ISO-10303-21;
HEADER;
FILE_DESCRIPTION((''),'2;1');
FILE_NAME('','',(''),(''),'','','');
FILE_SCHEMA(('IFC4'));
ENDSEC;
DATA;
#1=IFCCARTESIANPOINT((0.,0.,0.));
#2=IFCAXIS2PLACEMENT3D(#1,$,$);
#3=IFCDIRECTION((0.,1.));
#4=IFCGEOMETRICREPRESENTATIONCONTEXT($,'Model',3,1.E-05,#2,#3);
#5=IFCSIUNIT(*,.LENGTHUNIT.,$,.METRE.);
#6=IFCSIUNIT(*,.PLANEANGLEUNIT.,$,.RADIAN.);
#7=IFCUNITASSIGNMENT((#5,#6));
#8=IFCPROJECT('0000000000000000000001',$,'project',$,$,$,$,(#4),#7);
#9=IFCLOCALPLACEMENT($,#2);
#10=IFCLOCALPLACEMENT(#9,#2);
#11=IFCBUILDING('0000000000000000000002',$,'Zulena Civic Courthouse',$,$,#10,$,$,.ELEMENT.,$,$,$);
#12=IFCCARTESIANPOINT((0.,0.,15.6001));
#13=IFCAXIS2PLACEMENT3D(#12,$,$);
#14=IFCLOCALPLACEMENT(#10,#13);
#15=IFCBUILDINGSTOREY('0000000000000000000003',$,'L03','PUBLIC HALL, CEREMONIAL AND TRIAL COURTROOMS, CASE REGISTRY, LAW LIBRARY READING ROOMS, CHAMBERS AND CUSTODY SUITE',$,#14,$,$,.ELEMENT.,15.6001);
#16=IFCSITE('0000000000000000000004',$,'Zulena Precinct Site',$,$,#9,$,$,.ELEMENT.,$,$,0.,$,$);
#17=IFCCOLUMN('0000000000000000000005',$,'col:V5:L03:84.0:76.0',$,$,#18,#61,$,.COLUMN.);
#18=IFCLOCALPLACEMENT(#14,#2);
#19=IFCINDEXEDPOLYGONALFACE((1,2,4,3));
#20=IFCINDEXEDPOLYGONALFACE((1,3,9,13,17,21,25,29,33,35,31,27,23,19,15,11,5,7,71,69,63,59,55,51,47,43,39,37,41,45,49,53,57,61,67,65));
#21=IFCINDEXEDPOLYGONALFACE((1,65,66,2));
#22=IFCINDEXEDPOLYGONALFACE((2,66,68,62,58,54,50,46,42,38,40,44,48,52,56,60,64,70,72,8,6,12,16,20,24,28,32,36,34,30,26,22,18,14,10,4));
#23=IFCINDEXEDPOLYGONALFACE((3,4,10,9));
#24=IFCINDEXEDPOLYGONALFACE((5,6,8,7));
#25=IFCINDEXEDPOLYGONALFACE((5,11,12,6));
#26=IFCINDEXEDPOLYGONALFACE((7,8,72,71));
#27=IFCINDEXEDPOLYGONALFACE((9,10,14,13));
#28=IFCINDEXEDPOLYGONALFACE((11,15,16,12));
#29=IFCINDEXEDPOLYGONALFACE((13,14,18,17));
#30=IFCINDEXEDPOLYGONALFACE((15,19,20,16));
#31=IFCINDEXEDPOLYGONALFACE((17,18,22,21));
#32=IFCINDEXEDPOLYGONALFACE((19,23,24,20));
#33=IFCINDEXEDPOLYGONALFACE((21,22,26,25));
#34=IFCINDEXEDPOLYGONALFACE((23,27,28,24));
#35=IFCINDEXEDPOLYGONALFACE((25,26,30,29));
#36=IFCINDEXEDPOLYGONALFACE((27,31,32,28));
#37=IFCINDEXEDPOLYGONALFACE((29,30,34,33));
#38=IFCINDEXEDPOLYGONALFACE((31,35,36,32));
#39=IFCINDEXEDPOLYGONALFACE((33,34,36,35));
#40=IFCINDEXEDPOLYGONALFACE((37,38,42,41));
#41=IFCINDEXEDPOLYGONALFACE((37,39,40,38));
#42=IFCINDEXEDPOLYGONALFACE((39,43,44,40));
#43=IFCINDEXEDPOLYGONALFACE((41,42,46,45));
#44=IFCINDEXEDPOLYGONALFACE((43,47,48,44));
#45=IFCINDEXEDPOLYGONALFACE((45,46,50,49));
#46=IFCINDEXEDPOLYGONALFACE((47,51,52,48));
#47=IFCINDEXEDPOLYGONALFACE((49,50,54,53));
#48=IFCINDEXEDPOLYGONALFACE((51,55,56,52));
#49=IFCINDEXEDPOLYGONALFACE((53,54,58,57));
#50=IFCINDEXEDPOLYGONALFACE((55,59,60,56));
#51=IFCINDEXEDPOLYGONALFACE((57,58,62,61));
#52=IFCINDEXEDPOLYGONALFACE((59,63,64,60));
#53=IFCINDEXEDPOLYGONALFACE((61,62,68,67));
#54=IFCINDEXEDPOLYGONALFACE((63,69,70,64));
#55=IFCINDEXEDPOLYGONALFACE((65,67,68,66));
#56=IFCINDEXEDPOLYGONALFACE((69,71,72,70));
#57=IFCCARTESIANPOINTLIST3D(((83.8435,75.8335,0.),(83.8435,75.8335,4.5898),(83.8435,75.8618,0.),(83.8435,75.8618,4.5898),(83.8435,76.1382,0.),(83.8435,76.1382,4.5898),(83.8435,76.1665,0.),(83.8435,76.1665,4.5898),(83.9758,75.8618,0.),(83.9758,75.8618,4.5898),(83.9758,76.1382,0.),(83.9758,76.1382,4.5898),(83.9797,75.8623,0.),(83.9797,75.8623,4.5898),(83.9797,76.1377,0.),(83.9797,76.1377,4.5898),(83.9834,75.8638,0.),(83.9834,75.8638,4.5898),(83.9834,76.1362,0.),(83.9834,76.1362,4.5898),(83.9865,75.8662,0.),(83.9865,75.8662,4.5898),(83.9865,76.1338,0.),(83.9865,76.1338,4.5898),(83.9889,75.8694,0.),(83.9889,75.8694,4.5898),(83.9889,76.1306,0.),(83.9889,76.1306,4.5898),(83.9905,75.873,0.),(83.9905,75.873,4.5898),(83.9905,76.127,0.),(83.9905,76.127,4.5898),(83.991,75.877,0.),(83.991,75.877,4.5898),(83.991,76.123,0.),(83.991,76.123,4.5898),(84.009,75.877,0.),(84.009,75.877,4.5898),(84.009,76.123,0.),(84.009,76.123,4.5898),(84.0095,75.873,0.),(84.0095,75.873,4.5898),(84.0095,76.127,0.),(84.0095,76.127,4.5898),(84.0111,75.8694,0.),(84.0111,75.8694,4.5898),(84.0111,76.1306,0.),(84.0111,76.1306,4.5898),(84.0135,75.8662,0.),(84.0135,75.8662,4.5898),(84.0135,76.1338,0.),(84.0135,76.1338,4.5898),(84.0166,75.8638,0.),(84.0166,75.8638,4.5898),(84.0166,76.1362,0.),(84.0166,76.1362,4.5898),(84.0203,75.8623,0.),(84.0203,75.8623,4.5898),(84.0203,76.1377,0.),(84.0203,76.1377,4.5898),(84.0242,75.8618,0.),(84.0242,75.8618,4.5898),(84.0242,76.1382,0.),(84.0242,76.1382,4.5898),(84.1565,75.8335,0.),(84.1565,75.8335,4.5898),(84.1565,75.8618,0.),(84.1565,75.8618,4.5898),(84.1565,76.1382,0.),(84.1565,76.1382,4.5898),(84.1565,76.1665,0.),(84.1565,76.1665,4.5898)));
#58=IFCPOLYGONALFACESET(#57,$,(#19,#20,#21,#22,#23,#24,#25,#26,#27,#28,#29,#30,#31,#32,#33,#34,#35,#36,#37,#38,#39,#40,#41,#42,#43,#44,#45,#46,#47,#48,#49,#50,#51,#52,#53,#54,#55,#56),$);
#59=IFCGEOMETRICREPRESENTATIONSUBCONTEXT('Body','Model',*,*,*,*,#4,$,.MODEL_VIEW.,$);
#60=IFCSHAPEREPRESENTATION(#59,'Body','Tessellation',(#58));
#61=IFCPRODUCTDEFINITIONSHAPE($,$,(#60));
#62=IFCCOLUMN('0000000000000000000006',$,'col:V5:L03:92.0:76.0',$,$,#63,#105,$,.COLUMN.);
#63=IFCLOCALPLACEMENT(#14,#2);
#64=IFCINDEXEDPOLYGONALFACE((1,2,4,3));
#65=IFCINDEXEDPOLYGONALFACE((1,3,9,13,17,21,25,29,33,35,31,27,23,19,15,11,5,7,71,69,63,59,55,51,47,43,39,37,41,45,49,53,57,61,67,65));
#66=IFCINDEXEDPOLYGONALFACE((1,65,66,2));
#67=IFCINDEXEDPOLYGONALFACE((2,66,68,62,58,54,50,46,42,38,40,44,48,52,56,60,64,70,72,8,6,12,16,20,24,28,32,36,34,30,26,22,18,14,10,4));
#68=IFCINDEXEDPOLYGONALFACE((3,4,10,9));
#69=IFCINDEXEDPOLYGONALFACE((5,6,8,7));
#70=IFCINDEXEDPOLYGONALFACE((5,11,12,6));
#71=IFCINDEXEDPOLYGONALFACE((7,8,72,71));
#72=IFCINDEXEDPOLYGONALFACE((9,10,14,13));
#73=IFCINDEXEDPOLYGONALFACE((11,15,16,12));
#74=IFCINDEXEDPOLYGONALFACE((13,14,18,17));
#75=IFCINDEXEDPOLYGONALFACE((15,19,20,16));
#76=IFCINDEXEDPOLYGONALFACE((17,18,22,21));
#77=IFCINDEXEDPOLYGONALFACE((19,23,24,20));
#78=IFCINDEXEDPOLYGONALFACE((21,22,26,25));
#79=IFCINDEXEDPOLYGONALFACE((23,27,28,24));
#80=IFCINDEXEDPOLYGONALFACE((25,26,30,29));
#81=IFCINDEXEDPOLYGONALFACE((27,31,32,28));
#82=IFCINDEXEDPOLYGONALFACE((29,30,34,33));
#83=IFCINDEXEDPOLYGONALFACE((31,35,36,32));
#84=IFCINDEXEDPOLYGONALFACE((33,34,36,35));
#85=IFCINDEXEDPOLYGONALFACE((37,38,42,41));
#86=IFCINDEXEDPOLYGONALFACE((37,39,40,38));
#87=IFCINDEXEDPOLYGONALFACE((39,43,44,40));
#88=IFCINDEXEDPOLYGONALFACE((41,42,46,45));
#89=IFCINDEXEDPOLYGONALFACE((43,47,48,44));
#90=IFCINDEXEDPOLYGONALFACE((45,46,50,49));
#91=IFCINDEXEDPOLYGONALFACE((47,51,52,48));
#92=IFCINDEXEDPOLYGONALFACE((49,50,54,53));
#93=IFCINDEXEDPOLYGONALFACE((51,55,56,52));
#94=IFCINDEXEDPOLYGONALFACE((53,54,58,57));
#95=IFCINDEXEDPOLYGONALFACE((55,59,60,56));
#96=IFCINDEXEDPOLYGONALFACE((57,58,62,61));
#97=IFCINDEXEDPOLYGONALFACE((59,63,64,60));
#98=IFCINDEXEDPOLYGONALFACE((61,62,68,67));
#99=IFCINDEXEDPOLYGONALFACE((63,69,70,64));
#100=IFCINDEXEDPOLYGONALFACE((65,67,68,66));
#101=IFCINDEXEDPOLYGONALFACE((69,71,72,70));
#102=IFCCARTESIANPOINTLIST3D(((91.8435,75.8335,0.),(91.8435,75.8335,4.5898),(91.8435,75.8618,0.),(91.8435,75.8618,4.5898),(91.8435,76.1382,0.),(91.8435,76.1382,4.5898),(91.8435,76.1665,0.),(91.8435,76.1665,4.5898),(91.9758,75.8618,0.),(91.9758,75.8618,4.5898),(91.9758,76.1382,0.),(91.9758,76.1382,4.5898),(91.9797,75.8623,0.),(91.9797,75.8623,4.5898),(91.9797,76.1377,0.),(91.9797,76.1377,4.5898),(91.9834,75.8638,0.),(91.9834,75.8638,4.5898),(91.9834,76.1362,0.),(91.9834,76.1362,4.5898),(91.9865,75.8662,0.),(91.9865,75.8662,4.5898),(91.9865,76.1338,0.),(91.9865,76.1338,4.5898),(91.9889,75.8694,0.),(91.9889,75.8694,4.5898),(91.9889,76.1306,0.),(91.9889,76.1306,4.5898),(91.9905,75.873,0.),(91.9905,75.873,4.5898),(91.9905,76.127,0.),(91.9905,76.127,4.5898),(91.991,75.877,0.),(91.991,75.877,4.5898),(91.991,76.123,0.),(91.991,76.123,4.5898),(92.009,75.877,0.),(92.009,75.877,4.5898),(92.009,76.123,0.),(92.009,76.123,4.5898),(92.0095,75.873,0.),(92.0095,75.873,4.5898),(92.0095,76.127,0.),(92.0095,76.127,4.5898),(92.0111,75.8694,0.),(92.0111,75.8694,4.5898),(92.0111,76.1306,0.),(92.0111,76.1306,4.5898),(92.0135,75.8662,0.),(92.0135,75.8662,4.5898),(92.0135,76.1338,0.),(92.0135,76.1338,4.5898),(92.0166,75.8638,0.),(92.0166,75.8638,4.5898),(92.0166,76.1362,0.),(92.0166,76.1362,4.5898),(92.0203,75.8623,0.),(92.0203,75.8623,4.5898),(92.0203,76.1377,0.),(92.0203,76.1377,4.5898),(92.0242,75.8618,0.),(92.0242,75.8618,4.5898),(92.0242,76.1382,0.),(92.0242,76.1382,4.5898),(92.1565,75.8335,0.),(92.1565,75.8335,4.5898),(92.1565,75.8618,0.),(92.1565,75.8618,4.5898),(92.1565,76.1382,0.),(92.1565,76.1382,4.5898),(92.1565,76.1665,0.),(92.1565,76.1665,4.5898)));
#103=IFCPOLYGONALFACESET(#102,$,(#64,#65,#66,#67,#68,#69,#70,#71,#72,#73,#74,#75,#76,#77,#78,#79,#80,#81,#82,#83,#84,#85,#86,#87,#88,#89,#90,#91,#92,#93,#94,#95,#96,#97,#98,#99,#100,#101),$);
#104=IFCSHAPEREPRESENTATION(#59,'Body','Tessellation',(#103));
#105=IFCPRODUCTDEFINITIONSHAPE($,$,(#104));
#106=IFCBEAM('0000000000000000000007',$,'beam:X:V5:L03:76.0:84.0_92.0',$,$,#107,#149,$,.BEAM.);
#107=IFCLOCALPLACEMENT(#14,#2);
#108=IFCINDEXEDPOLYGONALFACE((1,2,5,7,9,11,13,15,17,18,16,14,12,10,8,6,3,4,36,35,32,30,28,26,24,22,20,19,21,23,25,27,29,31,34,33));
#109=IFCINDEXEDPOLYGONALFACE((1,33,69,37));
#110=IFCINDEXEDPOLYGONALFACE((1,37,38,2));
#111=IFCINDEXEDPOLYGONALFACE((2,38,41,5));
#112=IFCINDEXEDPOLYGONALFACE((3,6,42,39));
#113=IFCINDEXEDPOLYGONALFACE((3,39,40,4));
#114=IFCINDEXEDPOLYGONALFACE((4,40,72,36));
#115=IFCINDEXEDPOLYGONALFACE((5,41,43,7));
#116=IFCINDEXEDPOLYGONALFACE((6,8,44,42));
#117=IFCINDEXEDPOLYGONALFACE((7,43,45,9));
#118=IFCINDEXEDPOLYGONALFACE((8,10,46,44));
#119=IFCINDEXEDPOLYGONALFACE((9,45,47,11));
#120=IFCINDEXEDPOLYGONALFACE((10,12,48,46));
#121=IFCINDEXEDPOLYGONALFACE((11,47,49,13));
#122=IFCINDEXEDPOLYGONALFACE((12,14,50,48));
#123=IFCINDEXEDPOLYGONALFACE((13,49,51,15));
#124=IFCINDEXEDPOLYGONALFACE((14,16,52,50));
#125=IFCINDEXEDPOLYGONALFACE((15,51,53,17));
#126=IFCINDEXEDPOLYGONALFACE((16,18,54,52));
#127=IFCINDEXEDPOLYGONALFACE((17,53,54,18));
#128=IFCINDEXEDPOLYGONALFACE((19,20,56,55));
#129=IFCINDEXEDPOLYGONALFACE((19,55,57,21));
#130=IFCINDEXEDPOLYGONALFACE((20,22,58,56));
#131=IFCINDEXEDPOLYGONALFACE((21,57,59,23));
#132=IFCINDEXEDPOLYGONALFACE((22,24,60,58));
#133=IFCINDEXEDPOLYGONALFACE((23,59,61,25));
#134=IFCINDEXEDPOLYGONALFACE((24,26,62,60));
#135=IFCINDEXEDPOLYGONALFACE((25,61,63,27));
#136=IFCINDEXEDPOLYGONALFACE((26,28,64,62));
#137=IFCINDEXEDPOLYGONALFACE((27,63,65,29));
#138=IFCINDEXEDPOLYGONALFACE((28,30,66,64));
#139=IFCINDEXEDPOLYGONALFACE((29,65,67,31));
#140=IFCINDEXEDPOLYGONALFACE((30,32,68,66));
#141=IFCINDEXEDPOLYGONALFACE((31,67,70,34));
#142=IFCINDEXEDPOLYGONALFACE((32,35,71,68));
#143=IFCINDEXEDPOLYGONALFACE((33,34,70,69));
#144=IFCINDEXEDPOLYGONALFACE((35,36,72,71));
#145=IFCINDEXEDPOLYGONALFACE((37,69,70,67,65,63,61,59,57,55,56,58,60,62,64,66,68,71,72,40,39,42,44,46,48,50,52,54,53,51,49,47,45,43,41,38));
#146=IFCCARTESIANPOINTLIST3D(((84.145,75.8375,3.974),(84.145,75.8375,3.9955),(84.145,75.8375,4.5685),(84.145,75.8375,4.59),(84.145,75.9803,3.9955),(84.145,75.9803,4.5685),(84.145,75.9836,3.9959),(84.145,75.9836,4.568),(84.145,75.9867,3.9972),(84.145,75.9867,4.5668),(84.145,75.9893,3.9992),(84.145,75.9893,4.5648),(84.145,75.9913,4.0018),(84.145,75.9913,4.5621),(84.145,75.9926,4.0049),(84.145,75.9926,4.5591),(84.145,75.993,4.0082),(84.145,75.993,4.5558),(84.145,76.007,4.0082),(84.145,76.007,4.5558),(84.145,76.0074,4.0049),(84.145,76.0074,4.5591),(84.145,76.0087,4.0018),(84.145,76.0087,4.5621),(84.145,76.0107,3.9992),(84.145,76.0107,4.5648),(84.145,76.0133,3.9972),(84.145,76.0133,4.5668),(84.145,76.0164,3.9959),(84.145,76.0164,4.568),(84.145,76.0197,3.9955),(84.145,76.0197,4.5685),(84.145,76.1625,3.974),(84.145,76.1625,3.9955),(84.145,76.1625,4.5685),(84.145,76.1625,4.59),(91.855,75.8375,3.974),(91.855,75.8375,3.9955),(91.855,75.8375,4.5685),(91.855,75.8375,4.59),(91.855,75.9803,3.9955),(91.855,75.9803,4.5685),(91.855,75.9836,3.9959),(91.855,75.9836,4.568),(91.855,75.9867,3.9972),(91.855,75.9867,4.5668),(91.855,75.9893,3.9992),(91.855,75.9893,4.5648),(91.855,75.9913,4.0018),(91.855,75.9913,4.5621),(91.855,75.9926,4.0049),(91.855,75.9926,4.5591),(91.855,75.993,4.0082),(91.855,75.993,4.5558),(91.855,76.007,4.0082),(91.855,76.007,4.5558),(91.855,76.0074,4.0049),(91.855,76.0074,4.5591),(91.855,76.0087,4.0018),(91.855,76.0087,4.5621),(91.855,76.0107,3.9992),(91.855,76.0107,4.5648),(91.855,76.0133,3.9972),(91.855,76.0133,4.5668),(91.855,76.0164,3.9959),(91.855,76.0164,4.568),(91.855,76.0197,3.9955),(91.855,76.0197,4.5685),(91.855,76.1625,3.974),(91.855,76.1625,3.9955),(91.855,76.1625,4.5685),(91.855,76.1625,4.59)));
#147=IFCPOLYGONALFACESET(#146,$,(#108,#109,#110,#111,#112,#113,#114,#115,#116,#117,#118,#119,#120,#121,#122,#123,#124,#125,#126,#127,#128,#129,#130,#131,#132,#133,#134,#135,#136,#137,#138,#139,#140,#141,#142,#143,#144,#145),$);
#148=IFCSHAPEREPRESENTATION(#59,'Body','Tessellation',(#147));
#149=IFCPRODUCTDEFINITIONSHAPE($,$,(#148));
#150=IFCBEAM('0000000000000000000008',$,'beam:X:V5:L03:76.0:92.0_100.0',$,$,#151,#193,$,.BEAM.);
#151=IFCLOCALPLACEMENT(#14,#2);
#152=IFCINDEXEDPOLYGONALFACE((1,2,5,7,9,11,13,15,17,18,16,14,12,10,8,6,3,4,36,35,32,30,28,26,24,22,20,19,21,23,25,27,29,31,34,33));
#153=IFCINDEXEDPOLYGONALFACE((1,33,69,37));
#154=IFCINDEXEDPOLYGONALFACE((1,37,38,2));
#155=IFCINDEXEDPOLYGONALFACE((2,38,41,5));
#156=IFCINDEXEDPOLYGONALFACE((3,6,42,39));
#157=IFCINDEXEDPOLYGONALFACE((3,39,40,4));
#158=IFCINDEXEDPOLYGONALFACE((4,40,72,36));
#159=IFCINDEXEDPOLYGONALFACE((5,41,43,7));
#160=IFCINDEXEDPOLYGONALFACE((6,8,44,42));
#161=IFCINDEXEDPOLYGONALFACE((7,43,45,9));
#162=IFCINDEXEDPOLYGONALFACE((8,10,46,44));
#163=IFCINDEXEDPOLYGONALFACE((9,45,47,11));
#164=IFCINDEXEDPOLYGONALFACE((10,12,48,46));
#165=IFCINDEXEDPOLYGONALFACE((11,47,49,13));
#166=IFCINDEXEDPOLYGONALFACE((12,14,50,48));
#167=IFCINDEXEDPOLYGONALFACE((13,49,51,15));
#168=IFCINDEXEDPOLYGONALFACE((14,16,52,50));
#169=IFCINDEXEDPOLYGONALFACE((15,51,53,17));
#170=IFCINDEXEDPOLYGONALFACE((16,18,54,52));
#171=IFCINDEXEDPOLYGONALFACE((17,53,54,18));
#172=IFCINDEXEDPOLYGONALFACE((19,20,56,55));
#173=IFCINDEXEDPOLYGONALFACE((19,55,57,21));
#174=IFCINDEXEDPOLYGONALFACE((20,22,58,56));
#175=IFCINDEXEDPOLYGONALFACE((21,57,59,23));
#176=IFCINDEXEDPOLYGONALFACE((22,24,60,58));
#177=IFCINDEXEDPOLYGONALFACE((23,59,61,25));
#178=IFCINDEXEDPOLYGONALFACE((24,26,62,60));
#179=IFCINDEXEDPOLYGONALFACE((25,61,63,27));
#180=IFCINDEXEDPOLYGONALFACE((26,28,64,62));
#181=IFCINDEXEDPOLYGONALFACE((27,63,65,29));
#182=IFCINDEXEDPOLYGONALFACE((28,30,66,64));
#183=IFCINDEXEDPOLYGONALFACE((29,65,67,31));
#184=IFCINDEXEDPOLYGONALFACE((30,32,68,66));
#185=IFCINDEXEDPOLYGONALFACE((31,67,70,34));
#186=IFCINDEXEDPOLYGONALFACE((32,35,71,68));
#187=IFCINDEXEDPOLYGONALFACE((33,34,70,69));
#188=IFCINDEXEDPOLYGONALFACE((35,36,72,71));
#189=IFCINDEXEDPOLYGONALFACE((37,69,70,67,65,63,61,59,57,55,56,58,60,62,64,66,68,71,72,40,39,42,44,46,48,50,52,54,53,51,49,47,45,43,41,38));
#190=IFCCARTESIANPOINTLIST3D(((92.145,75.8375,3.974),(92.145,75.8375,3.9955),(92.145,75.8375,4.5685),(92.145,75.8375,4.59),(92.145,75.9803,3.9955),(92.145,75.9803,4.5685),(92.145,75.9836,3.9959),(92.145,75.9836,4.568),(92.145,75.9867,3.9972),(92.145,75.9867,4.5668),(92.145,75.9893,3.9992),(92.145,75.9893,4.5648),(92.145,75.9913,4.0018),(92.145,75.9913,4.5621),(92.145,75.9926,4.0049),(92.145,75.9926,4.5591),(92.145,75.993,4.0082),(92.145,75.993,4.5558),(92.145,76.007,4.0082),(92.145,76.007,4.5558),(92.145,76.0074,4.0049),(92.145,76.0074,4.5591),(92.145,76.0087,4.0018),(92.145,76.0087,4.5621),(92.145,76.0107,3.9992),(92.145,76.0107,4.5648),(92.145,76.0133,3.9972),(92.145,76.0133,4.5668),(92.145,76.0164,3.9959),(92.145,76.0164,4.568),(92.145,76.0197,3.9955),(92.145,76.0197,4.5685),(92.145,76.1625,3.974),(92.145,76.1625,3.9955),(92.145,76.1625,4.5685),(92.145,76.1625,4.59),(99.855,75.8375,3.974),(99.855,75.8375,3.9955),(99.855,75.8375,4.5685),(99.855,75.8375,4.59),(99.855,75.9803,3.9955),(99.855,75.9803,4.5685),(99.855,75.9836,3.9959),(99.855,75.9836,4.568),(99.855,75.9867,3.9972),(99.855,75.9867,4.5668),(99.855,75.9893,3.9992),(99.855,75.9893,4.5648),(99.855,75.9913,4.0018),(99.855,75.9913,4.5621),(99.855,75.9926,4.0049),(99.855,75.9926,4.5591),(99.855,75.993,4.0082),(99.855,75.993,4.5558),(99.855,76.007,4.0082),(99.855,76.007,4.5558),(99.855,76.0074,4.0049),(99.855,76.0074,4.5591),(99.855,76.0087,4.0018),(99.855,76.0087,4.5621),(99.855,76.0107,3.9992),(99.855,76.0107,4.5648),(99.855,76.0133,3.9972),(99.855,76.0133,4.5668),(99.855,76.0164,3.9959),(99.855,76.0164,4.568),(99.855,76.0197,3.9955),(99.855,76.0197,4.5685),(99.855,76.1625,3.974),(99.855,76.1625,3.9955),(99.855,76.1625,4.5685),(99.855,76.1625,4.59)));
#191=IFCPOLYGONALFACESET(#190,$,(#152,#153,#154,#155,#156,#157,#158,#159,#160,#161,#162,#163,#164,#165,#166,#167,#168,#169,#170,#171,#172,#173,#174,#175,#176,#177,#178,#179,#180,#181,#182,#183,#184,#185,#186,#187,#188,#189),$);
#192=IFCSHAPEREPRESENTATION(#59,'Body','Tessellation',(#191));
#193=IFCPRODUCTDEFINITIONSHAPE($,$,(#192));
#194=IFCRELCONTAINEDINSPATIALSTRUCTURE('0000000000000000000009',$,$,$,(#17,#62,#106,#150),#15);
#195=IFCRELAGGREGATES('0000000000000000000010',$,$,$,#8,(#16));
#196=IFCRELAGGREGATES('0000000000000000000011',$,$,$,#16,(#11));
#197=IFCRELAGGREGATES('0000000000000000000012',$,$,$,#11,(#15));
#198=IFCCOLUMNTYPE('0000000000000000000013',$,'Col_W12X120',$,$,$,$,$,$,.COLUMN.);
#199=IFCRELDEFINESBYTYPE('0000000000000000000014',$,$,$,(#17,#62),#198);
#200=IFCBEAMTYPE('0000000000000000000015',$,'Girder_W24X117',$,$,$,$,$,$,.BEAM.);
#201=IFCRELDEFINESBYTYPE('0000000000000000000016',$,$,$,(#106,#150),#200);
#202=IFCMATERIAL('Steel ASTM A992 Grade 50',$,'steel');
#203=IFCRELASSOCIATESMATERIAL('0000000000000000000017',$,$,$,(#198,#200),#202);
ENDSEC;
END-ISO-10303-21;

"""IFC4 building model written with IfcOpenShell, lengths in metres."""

from ifc_helpers import new_model, si_unit, direction, frame, origin, origin_2d, place, context, subcontext, project, spatial, i_section, extrude, material, material_profile, profile_set, type_object, element, save


model = new_model("IFC4")

# Units and contexts
model_context = context("Model", 3, precision=1e-05, world=origin(), true_north=direction((0.0, 1.0)))
body_context = subcontext(model_context, "Body", "Model", "MODEL_VIEW")
ifc_project = project(units=[si_unit("LENGTHUNIT", "METRE"), si_unit("PLANEANGLEUNIT", "RADIAN")], contexts=[model_context])

# Site, building, storey
site_placement = place(None, origin())
site = spatial("IfcSite", under=ifc_project, at=site_placement, Name="Zulena Precinct Site", CompositionType="ELEMENT", RefElevation=0.0)
building_placement = place(site_placement, origin())
building = spatial("IfcBuilding", under=site, at=building_placement, Name="Zulena Civic Courthouse", CompositionType="ELEMENT")
storey_placement = place(building_placement, frame((0.0, 0.0, 15.6001)))
storey = spatial("IfcBuildingStorey", under=building, at=storey_placement, Name="L03", Description="PUBLIC HALL, CEREMONIAL AND TRIAL COURTROOMS, CASE REGISTRY, LAW LIBRARY READING ROOMS, CHAMBERS AND CUSTODY SUITE", CompositionType="ELEMENT", Elevation=15.6001)

# Columns
ifc_material_1 = material(Name="Steel ASTM A992 Grade 50", Category="steel")
ifc_material_profile_1 = material_profile(ifc_material_1, i_section(OverallWidth=0.313, OverallDepth=0.333, WebThickness=0.0181, FlangeThickness=0.0283, FilletRadius=0.0151, at=origin_2d()), Name="W12X120")
ifc_profile_set_1 = profile_set([ifc_material_profile_1], Name="Steel ASTM A992 Grade 50")
column_type = type_object("IfcColumnType", Name="Col_W12X120", PredefinedType="COLUMN", material=ifc_profile_set_1)
for number, where, z_axis, x_axis, name in (
    (1, (84.0, 76.0, 0.0), (0.0, 0.0, 1.0), (1.0, 0.0, 0.0), "col:V5:L03:84.0:76.0"),
    (2, (92.0, 76.0, 0.0), (0.0, 0.0, 1.0), (1.0, 0.0, 0.0), "col:V5:L03:92.0:76.0"),
):
    element("IfcColumn", number, at=place(storey_placement, frame(where, z_axis=z_axis, x_axis=x_axis)), inside=storey, type_object=column_type, Name=name, PredefinedType="COLUMN", context=body_context, shape_type="SweptSolid", body=[
        extrude(i_section(OverallWidth=0.313, OverallDepth=0.333, WebThickness=0.0181, FlangeThickness=0.0283, FilletRadius=0.0151, at=origin_2d()), origin(), (0.0, 0.0, 1.0), 4.5898),
    ])

# Beams
ifc_material_profile_2 = material_profile(ifc_material_1, i_section(OverallWidth=0.325, OverallDepth=0.616, WebThickness=0.0139, FlangeThickness=0.0215, FilletRadius=0.0127, at=origin_2d()), Name="W24X117")
ifc_profile_set_2 = profile_set([ifc_material_profile_2], Name="Steel ASTM A992 Grade 50")
beam_type_1 = type_object("IfcBeamType", Name="Girder_W24X117", PredefinedType="BEAM", material=ifc_profile_set_2)
for number, where, z_axis, x_axis, name in (
    (3, (84.145, 76.0, 4.282), (1.0, 0.0, 0.0), (0.0, 1.0, 0.0), "beam:X:V5:L03:76.0:84.0_92.0"),
    (4, (92.145, 76.0, 4.282), (1.0, 0.0, 0.0), (0.0, 1.0, 0.0), "beam:X:V5:L03:76.0:92.0_100.0"),
):
    element("IfcBeam", number, at=place(storey_placement, frame(where, z_axis=z_axis, x_axis=x_axis)), inside=storey, type_object=beam_type_1, Name=name, PredefinedType="BEAM", context=body_context, shape_type="SweptSolid", body=[
        extrude(i_section(OverallWidth=0.325, OverallDepth=0.616, WebThickness=0.0139, FlangeThickness=0.0215, FilletRadius=0.0127, at=origin_2d()), origin(), (0.0, 0.0, 1.0), 7.71),
    ])

save(model, "model.ifc")
